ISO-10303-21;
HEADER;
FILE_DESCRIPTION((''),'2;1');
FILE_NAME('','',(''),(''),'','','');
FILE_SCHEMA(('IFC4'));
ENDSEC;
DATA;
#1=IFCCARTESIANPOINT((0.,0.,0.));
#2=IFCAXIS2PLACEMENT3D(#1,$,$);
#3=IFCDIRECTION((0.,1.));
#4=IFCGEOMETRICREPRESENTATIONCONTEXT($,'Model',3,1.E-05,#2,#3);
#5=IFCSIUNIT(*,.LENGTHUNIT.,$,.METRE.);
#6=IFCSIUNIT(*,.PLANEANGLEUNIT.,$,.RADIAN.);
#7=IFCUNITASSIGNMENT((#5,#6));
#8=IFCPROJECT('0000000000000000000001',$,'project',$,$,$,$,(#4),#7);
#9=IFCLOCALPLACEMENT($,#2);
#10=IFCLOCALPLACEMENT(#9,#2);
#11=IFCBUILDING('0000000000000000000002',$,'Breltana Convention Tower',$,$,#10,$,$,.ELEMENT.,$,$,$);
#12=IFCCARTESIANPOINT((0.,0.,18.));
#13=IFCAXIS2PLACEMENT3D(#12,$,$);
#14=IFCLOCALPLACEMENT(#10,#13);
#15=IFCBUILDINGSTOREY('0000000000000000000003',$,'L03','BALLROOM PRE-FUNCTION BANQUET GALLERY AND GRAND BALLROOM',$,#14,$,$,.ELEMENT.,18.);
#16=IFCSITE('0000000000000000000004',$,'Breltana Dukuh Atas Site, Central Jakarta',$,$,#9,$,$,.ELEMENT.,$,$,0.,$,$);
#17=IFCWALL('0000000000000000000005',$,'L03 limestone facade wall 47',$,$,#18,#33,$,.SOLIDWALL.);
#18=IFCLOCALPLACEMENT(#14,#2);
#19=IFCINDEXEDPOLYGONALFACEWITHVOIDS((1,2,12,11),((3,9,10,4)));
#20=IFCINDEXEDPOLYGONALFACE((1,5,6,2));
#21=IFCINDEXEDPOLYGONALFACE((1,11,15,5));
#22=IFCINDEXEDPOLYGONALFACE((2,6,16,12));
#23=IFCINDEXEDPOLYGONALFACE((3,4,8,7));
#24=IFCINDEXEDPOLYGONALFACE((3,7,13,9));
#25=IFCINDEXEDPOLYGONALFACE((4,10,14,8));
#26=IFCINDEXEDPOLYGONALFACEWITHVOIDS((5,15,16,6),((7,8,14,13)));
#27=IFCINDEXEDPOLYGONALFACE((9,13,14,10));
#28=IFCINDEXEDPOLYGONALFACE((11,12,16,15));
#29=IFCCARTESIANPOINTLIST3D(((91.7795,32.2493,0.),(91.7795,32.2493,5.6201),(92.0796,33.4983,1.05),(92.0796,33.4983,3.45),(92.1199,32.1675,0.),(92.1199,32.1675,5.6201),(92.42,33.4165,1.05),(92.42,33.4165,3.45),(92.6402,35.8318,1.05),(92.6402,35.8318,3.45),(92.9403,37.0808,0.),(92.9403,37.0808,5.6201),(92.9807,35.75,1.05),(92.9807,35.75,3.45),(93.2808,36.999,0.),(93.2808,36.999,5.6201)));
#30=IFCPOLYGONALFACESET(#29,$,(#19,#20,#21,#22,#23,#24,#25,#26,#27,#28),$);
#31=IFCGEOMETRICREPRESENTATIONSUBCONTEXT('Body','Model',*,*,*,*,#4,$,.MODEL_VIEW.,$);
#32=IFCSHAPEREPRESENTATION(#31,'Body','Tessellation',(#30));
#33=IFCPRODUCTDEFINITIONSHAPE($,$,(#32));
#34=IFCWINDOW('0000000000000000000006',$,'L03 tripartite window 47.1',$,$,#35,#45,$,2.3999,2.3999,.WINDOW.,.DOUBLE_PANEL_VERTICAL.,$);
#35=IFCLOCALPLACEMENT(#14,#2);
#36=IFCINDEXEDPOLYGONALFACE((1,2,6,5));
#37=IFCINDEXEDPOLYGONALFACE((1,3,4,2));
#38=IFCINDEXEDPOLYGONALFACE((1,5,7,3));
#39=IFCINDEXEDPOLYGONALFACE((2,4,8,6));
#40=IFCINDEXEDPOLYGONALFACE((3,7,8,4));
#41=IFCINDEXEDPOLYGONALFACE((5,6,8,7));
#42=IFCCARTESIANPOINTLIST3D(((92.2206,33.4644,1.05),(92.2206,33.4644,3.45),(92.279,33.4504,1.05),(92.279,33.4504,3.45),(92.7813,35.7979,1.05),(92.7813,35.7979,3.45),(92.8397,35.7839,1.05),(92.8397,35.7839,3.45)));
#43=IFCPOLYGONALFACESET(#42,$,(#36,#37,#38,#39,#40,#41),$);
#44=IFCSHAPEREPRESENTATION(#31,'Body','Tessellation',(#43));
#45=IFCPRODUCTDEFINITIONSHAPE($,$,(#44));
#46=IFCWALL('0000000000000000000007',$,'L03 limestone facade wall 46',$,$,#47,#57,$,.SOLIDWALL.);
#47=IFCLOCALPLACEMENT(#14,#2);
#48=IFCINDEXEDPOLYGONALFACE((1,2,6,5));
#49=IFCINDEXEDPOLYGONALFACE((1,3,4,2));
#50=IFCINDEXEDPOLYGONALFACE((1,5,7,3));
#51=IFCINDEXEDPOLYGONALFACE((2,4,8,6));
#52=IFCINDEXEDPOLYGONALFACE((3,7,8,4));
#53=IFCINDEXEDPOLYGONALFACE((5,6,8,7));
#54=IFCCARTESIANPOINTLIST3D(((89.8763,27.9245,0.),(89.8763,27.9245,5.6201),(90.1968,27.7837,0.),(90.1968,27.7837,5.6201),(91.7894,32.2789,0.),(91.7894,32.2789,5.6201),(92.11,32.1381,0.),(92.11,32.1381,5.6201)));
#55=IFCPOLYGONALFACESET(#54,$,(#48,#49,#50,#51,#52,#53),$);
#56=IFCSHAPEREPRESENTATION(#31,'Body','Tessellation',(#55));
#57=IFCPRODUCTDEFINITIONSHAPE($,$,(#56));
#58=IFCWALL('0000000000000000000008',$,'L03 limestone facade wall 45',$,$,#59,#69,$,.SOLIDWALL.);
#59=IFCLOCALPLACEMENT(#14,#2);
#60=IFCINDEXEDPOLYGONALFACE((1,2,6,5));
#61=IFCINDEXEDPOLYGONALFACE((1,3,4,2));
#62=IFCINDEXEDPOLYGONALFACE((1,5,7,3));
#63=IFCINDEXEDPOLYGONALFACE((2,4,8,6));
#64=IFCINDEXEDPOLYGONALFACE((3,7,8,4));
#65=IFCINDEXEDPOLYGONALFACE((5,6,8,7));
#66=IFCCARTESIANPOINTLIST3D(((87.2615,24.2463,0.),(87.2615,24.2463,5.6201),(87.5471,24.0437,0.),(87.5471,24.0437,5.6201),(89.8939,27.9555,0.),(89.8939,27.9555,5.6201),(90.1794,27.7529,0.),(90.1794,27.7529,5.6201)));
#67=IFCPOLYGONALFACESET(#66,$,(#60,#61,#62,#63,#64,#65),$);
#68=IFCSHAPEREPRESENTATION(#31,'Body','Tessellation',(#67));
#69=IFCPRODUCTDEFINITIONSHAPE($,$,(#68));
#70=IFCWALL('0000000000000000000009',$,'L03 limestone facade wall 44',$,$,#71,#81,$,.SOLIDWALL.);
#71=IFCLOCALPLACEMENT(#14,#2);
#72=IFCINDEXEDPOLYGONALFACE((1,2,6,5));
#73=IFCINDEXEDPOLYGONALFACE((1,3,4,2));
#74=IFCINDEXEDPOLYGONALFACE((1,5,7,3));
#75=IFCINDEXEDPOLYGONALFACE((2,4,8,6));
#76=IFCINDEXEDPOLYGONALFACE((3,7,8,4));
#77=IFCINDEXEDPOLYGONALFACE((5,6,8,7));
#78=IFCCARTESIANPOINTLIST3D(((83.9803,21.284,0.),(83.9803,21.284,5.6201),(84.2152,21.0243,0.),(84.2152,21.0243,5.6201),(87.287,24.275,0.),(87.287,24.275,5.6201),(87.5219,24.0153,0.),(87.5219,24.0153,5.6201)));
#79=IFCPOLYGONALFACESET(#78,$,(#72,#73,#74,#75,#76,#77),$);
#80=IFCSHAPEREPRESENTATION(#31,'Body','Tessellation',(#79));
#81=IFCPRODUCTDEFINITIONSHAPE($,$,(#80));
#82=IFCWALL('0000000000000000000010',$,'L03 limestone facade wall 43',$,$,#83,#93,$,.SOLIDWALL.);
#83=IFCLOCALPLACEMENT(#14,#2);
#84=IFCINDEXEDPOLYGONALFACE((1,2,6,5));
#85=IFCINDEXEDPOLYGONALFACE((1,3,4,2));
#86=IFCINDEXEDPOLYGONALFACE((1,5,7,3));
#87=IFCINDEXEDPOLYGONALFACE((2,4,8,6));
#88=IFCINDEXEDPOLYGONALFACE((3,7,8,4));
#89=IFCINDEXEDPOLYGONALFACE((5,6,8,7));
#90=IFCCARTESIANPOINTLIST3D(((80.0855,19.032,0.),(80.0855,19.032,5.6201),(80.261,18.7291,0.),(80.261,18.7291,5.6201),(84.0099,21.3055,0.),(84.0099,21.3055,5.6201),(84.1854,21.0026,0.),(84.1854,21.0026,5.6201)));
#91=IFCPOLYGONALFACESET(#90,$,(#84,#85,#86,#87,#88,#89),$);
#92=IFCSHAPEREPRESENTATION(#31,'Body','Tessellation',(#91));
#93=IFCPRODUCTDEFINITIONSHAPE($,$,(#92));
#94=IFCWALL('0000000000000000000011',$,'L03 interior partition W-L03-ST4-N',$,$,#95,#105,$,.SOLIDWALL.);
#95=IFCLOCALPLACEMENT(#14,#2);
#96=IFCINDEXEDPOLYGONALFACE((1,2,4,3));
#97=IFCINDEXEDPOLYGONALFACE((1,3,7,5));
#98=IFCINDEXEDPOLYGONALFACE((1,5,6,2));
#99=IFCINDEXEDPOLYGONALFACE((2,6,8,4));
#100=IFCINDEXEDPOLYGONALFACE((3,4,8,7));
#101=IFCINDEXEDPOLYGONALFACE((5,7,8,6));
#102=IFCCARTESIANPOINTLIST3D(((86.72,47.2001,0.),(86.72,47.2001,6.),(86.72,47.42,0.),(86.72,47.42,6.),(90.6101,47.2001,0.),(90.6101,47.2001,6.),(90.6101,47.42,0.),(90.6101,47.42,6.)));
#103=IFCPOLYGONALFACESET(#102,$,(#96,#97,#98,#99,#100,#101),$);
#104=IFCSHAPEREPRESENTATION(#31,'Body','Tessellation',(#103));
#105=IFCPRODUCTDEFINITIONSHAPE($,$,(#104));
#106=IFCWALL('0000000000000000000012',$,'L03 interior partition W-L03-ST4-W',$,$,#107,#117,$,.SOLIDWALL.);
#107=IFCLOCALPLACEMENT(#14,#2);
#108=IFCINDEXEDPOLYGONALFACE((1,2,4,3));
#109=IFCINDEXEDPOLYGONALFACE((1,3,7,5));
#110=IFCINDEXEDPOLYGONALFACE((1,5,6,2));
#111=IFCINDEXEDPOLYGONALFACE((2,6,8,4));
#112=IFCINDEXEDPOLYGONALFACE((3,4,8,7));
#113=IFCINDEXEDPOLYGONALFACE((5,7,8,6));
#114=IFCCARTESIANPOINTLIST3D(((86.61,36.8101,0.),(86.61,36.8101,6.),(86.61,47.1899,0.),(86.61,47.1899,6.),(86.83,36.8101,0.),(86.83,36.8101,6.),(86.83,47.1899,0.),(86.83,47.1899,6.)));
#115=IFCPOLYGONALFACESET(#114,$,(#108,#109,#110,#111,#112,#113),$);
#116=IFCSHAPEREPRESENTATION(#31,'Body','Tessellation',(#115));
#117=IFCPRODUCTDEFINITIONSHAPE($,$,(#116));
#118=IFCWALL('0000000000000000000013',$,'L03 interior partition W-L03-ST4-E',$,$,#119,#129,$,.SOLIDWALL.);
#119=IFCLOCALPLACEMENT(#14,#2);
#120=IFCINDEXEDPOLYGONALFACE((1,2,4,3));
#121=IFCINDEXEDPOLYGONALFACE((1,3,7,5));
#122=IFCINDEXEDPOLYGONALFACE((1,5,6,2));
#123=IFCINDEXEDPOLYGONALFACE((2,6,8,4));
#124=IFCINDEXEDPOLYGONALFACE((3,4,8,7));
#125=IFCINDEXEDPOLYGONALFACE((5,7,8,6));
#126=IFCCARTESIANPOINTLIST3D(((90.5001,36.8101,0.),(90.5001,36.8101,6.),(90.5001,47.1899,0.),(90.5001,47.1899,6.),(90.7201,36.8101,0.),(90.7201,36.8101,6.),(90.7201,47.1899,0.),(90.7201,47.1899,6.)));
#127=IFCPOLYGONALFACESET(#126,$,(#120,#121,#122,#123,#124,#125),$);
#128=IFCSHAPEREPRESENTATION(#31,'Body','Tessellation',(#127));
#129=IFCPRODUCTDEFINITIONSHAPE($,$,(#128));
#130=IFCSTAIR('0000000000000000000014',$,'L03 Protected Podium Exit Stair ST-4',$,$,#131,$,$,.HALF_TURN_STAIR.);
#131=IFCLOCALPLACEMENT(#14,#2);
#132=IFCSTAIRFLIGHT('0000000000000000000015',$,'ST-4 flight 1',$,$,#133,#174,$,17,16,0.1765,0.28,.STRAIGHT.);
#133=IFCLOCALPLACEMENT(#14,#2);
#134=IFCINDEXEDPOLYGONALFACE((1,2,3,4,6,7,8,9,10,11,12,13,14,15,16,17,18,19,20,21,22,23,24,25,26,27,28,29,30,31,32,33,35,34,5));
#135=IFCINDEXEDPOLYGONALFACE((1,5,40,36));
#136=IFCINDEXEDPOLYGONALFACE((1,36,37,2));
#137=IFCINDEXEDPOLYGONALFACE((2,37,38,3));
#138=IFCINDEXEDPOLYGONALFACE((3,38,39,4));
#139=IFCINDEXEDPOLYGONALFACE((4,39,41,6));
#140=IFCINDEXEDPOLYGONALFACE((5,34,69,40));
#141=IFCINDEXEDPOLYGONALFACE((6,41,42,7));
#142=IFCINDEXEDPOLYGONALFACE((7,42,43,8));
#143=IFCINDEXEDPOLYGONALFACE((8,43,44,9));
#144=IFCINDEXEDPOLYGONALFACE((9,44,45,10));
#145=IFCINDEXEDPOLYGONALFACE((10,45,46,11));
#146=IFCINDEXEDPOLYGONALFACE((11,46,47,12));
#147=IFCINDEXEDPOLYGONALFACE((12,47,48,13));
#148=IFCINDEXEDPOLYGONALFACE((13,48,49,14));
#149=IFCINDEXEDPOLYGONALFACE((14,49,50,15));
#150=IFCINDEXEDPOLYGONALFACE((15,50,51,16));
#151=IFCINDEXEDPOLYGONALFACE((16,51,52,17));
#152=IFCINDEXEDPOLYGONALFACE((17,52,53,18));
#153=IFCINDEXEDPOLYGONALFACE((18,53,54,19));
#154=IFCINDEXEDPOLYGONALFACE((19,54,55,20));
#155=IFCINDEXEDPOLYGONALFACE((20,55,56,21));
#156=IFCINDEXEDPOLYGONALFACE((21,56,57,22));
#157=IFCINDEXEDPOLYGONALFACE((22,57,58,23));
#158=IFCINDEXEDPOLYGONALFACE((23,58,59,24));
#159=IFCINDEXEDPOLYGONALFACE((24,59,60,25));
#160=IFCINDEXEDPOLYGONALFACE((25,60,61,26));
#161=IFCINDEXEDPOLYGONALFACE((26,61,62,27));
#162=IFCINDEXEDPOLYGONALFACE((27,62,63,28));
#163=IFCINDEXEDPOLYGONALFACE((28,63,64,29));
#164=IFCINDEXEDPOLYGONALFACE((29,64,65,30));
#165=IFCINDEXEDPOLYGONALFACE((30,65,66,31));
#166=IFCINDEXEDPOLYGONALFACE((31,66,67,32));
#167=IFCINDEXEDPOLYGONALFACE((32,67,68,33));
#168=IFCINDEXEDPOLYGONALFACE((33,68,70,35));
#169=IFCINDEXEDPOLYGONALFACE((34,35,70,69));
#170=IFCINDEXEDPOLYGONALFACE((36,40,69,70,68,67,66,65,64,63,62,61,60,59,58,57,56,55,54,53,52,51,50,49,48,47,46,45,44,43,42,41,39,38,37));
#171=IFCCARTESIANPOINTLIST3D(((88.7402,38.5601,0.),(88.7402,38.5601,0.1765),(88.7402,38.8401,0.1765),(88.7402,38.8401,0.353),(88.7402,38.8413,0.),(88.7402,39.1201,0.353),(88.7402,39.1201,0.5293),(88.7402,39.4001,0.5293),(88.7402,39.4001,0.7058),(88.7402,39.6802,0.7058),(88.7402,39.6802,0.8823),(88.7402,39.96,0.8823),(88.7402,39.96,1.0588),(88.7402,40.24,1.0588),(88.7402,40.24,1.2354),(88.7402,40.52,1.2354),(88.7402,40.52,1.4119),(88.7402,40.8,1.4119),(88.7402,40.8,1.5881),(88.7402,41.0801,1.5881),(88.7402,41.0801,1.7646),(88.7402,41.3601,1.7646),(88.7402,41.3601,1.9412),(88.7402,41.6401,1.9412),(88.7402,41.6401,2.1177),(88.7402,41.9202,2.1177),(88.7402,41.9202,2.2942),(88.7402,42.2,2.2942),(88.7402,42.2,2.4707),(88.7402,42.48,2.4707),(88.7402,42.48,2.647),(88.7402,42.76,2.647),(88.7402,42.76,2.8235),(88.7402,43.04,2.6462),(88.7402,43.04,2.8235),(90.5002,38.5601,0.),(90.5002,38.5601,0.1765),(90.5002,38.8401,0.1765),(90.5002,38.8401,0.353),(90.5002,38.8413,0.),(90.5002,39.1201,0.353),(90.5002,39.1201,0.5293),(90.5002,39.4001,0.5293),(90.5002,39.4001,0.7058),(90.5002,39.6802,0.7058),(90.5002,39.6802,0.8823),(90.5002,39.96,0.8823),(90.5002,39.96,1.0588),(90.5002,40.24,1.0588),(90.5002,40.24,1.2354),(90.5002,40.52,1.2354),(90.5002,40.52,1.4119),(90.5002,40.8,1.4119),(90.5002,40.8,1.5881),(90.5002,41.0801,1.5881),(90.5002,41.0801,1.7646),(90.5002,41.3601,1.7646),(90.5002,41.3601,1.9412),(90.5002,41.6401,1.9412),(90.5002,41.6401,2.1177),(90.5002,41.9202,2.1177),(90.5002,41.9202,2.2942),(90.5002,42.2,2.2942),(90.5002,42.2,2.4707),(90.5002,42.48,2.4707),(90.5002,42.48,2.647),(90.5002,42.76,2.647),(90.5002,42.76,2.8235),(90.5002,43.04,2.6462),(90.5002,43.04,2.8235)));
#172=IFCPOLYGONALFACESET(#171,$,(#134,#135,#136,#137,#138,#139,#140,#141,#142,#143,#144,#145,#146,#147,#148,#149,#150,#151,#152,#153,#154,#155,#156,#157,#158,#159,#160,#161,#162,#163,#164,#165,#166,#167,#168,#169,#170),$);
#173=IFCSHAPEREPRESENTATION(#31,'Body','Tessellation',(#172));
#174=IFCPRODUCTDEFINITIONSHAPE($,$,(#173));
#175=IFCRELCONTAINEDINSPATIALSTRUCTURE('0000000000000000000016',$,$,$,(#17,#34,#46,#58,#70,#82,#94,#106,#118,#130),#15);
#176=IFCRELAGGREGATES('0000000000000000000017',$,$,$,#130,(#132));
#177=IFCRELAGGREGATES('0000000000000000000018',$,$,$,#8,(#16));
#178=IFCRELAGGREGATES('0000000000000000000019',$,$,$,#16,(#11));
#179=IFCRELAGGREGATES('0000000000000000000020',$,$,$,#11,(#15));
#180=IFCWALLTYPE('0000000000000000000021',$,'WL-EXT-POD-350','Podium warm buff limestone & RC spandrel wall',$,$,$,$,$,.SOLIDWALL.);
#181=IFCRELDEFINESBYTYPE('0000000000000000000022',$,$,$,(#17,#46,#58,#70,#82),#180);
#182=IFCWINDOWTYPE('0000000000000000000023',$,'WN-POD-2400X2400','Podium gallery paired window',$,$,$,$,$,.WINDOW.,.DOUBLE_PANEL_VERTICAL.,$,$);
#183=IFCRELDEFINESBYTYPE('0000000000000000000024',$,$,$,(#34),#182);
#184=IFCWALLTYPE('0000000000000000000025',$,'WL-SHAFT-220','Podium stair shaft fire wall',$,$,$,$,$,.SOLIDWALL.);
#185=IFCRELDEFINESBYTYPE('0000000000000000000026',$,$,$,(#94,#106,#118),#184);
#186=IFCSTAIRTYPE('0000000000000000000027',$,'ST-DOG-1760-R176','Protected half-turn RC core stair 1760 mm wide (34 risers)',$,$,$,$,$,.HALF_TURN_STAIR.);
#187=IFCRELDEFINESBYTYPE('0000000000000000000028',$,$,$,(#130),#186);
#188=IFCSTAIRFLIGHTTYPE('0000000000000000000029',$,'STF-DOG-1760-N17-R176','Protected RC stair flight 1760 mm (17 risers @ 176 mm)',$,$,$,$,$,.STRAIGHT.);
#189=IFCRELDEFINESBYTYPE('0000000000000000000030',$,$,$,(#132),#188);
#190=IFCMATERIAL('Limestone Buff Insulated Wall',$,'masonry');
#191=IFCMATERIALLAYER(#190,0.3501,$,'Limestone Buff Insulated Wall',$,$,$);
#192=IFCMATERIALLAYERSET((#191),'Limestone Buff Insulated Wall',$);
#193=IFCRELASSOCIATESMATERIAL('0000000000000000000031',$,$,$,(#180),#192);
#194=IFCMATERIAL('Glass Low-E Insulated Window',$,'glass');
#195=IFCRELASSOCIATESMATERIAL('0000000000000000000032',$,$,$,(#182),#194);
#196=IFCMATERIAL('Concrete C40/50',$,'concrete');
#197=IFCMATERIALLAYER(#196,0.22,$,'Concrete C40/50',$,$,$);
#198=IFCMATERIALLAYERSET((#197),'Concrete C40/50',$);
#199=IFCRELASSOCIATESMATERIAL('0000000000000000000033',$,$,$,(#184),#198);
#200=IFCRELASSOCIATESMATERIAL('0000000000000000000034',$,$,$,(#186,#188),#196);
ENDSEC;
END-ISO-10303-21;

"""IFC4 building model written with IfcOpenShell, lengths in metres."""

from ifc_helpers import new_model, si_unit, direction, frame, frame_2d, origin, place, context, subcontext, project, spatial, polyline, rectangle, outline, extrude, source, transform, mapped, material, layer, layer_set, type_object, type_shapes, element, fill, aggregate, save


model = new_model("IFC4")

# Units and contexts
model_context = context("Model", 3, precision=1e-05, world=origin(), true_north=direction((0.0, 1.0)))
body_context = subcontext(model_context, "Body", "Model", "MODEL_VIEW")
ifc_project = project(units=[si_unit("LENGTHUNIT", "METRE"), si_unit("PLANEANGLEUNIT", "RADIAN")], contexts=[model_context])

# Site, building, storey
site_placement = place(None, origin())
site = spatial("IfcSite", under=ifc_project, at=site_placement, Name="Breltana Dukuh Atas Site, Central Jakarta", CompositionType="ELEMENT", RefElevation=0.0)
building_placement = place(site_placement, origin())
building = spatial("IfcBuilding", under=site, at=building_placement, Name="Breltana Convention Tower", CompositionType="ELEMENT")
storey_placement = place(building_placement, frame((0.0, 0.0, 18.0)))
storey = spatial("IfcBuildingStorey", under=building, at=storey_placement, Name="L03", Description="BALLROOM PRE-FUNCTION BANQUET GALLERY AND GRAND BALLROOM", CompositionType="ELEMENT", Elevation=18.0)

# Shared definitions
ifc_material_1 = material(Name="Limestone Buff Insulated Wall", Category="masonry")
ifc_layer_1 = layer(ifc_material_1, 0.3501, Name="Limestone Buff Insulated Wall")
ifc_layer_set_1 = layer_set([ifc_layer_1], Name="Limestone Buff Insulated Wall")
wall_type_1 = type_object("IfcWallType", Name="WL-EXT-POD-350", Description="Podium warm buff limestone & RC spandrel wall", PredefinedType="SOLIDWALL", material=ifc_layer_set_1)
ifc_material_2 = material(Name="Glass Low-E Insulated Window", Category="glass")
window_type = type_object("IfcWindowType", Name="WN-POD-2400X2400", Description="Podium gallery paired window", PartitioningType="DOUBLE_PANEL_VERTICAL", PredefinedType="WINDOW", material=ifc_material_2)
shared_shape_1 = source(origin(), body_context, "Body", "SweptSolid", [
    extrude(rectangle(XDim=2.3999, YDim=2.3999, at=frame_2d((1.2, 1.2))), frame((0.0, 0.03, 0.0), z_axis=(0.0, -1.0, 0.0), x_axis=(1.0, 0.0, 0.0)), (0.0, 0.0, 1.0), 0.0601),
])
type_shapes(window_type, [shared_shape_1])

# Wall, opening, window
shared_shape_2 = source(origin(), body_context, "Body", "SweptSolid", [
    extrude(rectangle(XDim=4.969, YDim=0.3501, at=frame_2d((2.4844, 0.0))), origin(), (0.0, 0.0, 1.0), 5.6201),
])
wall_1_placement = place(storey_placement, frame((91.9497, 32.2085, 0.0), z_axis=(0.0, 0.0, 1.0), x_axis=(0.233624, 0.972327, 0.0)))
wall_1 = element("IfcWall", 1, at=wall_1_placement, inside=storey, type_object=wall_type_1, Name="L03 limestone facade wall 47", PredefinedType="SOLIDWALL", context=body_context, shape_type="MappedRepresentation", body=[
    mapped(shared_shape_2, transform((0.0, 0.0, 0.0), scale=1.0)),
])
opening_1_placement = place(wall_1_placement, frame((1.2844, 0.0, 1.05)))
opening_1 = element("IfcOpeningElement", 2, at=opening_1_placement, cuts=wall_1, PredefinedType="OPENING", context=body_context, shape_type="SweptSolid", body=[
    extrude(rectangle(XDim=2.3999, YDim=2.3999, at=frame_2d((1.2, 1.2))), frame((0.0, 0.1851, 0.0), z_axis=(0.0, -1.0, 0.0), x_axis=(1.0, 0.0, 0.0)), (0.0, 0.0, 1.0), 0.3701),
])
window_1_placement = place(opening_1_placement, origin())
window_1 = element("IfcWindow", 3, at=window_1_placement, inside=storey, type_object=window_type, Name="L03 tripartite window 47.1", OverallHeight=2.3999, OverallWidth=2.3999, PartitioningType="DOUBLE_PANEL_VERTICAL", PredefinedType="WINDOW", context=body_context, shape_type="MappedRepresentation", body=[
    mapped(shared_shape_1, transform((0.0, 0.0, 0.0), scale=1.0)),
])
fill(opening_1, window_1)

# Walls
shared_shape_3 = source(origin(), body_context, "Body", "SweptSolid", [
    extrude(rectangle(XDim=4.7561, YDim=0.3501, at=frame_2d((2.3779, 0.0))), origin(), (0.0, 0.0, 1.0), 5.6201),
])
wall_2_placement = place(storey_placement, frame((90.0366, 27.8542, 0.0), z_axis=(0.0, 0.0, 1.0), x_axis=(0.402248, 0.915531, 0.0)))
element("IfcWall", 4, at=wall_2_placement, inside=storey, type_object=wall_type_1, Name="L03 limestone facade wall 46", PredefinedType="SOLIDWALL", context=body_context, shape_type="MappedRepresentation", body=[
    mapped(shared_shape_3, transform((0.0, 0.0, 0.0), scale=1.0)),
])
shared_shape_4 = source(origin(), body_context, "Body", "SweptSolid", [
    extrude(rectangle(XDim=4.5483, YDim=0.3501, at=frame_2d((2.2742, 0.0))), origin(), (0.0, 0.0, 1.0), 5.6201),
])
wall_3_placement = place(storey_placement, frame((87.4043, 24.145, 0.0), z_axis=(0.0, 0.0, 1.0), x_axis=(0.578742, 0.81551, 0.0)))
element("IfcWall", 5, at=wall_3_placement, inside=storey, type_object=wall_type_1, Name="L03 limestone facade wall 45", PredefinedType="SOLIDWALL", context=body_context, shape_type="MappedRepresentation", body=[
    mapped(shared_shape_4, transform((0.0, 0.0, 0.0), scale=1.0)),
])
shared_shape_5 = source(origin(), body_context, "Body", "SweptSolid", [
    extrude(rectangle(XDim=4.4587, YDim=0.3501, at=frame_2d((2.2295, 0.0))), origin(), (0.0, 0.0, 1.0), 5.6201),
])
wall_4_placement = place(storey_placement, frame((84.0977, 21.1541, 0.0), z_axis=(0.0, 0.0, 1.0), x_axis=(0.74162, 0.67082, 0.0)))
element("IfcWall", 6, at=wall_4_placement, inside=storey, type_object=wall_type_1, Name="L03 limestone facade wall 44", PredefinedType="SOLIDWALL", context=body_context, shape_type="MappedRepresentation", body=[
    mapped(shared_shape_5, transform((0.0, 0.0, 0.0), scale=1.0)),
])
shared_shape_6 = source(origin(), body_context, "Body", "SweptSolid", [
    extrude(rectangle(XDim=4.5354, YDim=0.3501, at=frame_2d((2.2676, 0.0))), origin(), (0.0, 0.0, 1.0), 5.6201),
])
wall_5_placement = place(storey_placement, frame((80.1733, 18.8806, 0.0), z_axis=(0.0, 0.0, 1.0), x_axis=(0.865286, 0.501278, 0.0)))
element("IfcWall", 7, at=wall_5_placement, inside=storey, type_object=wall_type_1, Name="L03 limestone facade wall 43", PredefinedType="SOLIDWALL", context=body_context, shape_type="MappedRepresentation", body=[
    mapped(shared_shape_6, transform((0.0, 0.0, 0.0), scale=1.0)),
])

# Shared definitions
ifc_material_3 = material(Name="Concrete C40/50", Category="concrete")
ifc_layer_2 = layer(ifc_material_3, 0.22, Name="Concrete C40/50")
ifc_layer_set_2 = layer_set([ifc_layer_2], Name="Concrete C40/50")
wall_type_2 = type_object("IfcWallType", Name="WL-SHAFT-220", Description="Podium stair shaft fire wall", PredefinedType="SOLIDWALL", material=ifc_layer_set_2)
shared_shape_7 = source(origin(), body_context, "Body", "SweptSolid", [
    extrude(rectangle(XDim=3.8901, YDim=0.22, at=frame_2d((1.9451, 0.0))), origin(), (0.0, 0.0, 1.0), 6.0),
])

# Walls
wall_6_placement = place(storey_placement, frame((86.72, 47.3101, 0.0), z_axis=(0.0, 0.0, 1.0), x_axis=(1.0, 0.0, 0.0)))
element("IfcWall", 8, at=wall_6_placement, inside=storey, type_object=wall_type_2, Name="L03 interior partition W-L03-ST4-N", PredefinedType="SOLIDWALL", context=body_context, shape_type="MappedRepresentation", body=[
    mapped(shared_shape_7, transform((0.0, 0.0, 0.0), scale=1.0)),
])
shared_shape_8 = source(origin(), body_context, "Body", "SweptSolid", [
    extrude(rectangle(XDim=10.3799, YDim=0.22, at=frame_2d((5.1899, 0.0))), origin(), (0.0, 0.0, 1.0), 6.0),
])
for number, where, z_axis, x_axis, name in (
    (9, (86.72, 36.8101, 0.0), (0.0, 0.0, 1.0), (0.0, 1.0, 0.0), "L03 interior partition W-L03-ST4-W"),
    (10, (90.6101, 36.8101, 0.0), (0.0, 0.0, 1.0), (0.0, 1.0, 0.0), "L03 interior partition W-L03-ST4-E"),
):
    element("IfcWall", number, at=place(storey_placement, frame(where, z_axis=z_axis, x_axis=x_axis)), inside=storey, type_object=wall_type_2, Name=name, PredefinedType="SOLIDWALL", context=body_context, shape_type="MappedRepresentation", body=[
        mapped(shared_shape_8, transform((0.0, 0.0, 0.0), scale=1.0)),
    ])

# Stair, stair flight
stair_type = type_object("IfcStairType", Name="ST-DOG-1760-R176", Description="Protected half-turn RC core stair 1760 mm wide (34 risers)", PredefinedType="HALF_TURN_STAIR", material=ifc_material_3)
stair_placement = place(storey_placement, origin())
stair = element("IfcStair", 11, at=stair_placement, inside=storey, type_object=stair_type, Name="L03 Protected Podium Exit Stair ST-4", PredefinedType="HALF_TURN_STAIR")
stair_flight_type = type_object("IfcStairFlightType", Name="STF-DOG-1760-N17-R176", Description="Protected RC stair flight 1760 mm (17 risers @ 176 mm)", PredefinedType="STRAIGHT", material=ifc_material_3)
stair_flight_1_placement = place(storey_placement, frame((89.6201, 38.5601, 0.0), z_axis=(0.0, 0.0, 1.0), x_axis=(0.0, 1.0, 0.0)))
stair_flight_1 = element("IfcStairFlight", 12, at=stair_flight_1_placement, type_object=stair_flight_type, Name="ST-4 flight 1", NumberOfRisers=17, NumberOfTreads=16, PredefinedType="STRAIGHT", RiserHeight=0.1765, TreadLength=0.28, context=body_context, shape_type="SweptSolid", body=[
    extrude(outline(polyline([(0.0, 0.0), (0.0, 0.1765), (0.28, 0.1765), (0.28, 0.353), (0.5601, 0.353), (0.5601, 0.5293), (0.8401, 0.5293), (0.8401, 0.7058), (1.1201, 0.7058), (1.1201, 0.8823), (1.3999, 0.8823), (1.3999, 1.0588), (1.6799, 1.0588), (1.6799, 1.2354), (1.96, 1.2354), (1.96, 1.4119), (2.24, 1.4119), (2.24, 1.5881), (2.52, 1.5881), (2.52, 1.7646), (2.8, 1.7646), (2.8, 1.9412), (3.0801, 1.9412), (3.0801, 2.1177), (3.3601, 2.1177), (3.3601, 2.2942), (3.6399, 2.2942), (3.6399, 2.4707), (3.9199, 2.4707), (3.9199, 2.647), (4.2, 2.647), (4.2, 2.8235), (4.48, 2.8235), (4.48, 3.0), (4.48, 2.6462), (0.2812, 0.0), (0.0, 0.0)])), frame((0.0, 0.8799, 0.0), z_axis=(0.0, -1.0, 0.0), x_axis=(1.0, 0.0, 0.0)), (0.0, 0.0, 1.0), 1.76),
])
aggregate(stair, [stair_flight_1])

save(model, "model.ifc")
